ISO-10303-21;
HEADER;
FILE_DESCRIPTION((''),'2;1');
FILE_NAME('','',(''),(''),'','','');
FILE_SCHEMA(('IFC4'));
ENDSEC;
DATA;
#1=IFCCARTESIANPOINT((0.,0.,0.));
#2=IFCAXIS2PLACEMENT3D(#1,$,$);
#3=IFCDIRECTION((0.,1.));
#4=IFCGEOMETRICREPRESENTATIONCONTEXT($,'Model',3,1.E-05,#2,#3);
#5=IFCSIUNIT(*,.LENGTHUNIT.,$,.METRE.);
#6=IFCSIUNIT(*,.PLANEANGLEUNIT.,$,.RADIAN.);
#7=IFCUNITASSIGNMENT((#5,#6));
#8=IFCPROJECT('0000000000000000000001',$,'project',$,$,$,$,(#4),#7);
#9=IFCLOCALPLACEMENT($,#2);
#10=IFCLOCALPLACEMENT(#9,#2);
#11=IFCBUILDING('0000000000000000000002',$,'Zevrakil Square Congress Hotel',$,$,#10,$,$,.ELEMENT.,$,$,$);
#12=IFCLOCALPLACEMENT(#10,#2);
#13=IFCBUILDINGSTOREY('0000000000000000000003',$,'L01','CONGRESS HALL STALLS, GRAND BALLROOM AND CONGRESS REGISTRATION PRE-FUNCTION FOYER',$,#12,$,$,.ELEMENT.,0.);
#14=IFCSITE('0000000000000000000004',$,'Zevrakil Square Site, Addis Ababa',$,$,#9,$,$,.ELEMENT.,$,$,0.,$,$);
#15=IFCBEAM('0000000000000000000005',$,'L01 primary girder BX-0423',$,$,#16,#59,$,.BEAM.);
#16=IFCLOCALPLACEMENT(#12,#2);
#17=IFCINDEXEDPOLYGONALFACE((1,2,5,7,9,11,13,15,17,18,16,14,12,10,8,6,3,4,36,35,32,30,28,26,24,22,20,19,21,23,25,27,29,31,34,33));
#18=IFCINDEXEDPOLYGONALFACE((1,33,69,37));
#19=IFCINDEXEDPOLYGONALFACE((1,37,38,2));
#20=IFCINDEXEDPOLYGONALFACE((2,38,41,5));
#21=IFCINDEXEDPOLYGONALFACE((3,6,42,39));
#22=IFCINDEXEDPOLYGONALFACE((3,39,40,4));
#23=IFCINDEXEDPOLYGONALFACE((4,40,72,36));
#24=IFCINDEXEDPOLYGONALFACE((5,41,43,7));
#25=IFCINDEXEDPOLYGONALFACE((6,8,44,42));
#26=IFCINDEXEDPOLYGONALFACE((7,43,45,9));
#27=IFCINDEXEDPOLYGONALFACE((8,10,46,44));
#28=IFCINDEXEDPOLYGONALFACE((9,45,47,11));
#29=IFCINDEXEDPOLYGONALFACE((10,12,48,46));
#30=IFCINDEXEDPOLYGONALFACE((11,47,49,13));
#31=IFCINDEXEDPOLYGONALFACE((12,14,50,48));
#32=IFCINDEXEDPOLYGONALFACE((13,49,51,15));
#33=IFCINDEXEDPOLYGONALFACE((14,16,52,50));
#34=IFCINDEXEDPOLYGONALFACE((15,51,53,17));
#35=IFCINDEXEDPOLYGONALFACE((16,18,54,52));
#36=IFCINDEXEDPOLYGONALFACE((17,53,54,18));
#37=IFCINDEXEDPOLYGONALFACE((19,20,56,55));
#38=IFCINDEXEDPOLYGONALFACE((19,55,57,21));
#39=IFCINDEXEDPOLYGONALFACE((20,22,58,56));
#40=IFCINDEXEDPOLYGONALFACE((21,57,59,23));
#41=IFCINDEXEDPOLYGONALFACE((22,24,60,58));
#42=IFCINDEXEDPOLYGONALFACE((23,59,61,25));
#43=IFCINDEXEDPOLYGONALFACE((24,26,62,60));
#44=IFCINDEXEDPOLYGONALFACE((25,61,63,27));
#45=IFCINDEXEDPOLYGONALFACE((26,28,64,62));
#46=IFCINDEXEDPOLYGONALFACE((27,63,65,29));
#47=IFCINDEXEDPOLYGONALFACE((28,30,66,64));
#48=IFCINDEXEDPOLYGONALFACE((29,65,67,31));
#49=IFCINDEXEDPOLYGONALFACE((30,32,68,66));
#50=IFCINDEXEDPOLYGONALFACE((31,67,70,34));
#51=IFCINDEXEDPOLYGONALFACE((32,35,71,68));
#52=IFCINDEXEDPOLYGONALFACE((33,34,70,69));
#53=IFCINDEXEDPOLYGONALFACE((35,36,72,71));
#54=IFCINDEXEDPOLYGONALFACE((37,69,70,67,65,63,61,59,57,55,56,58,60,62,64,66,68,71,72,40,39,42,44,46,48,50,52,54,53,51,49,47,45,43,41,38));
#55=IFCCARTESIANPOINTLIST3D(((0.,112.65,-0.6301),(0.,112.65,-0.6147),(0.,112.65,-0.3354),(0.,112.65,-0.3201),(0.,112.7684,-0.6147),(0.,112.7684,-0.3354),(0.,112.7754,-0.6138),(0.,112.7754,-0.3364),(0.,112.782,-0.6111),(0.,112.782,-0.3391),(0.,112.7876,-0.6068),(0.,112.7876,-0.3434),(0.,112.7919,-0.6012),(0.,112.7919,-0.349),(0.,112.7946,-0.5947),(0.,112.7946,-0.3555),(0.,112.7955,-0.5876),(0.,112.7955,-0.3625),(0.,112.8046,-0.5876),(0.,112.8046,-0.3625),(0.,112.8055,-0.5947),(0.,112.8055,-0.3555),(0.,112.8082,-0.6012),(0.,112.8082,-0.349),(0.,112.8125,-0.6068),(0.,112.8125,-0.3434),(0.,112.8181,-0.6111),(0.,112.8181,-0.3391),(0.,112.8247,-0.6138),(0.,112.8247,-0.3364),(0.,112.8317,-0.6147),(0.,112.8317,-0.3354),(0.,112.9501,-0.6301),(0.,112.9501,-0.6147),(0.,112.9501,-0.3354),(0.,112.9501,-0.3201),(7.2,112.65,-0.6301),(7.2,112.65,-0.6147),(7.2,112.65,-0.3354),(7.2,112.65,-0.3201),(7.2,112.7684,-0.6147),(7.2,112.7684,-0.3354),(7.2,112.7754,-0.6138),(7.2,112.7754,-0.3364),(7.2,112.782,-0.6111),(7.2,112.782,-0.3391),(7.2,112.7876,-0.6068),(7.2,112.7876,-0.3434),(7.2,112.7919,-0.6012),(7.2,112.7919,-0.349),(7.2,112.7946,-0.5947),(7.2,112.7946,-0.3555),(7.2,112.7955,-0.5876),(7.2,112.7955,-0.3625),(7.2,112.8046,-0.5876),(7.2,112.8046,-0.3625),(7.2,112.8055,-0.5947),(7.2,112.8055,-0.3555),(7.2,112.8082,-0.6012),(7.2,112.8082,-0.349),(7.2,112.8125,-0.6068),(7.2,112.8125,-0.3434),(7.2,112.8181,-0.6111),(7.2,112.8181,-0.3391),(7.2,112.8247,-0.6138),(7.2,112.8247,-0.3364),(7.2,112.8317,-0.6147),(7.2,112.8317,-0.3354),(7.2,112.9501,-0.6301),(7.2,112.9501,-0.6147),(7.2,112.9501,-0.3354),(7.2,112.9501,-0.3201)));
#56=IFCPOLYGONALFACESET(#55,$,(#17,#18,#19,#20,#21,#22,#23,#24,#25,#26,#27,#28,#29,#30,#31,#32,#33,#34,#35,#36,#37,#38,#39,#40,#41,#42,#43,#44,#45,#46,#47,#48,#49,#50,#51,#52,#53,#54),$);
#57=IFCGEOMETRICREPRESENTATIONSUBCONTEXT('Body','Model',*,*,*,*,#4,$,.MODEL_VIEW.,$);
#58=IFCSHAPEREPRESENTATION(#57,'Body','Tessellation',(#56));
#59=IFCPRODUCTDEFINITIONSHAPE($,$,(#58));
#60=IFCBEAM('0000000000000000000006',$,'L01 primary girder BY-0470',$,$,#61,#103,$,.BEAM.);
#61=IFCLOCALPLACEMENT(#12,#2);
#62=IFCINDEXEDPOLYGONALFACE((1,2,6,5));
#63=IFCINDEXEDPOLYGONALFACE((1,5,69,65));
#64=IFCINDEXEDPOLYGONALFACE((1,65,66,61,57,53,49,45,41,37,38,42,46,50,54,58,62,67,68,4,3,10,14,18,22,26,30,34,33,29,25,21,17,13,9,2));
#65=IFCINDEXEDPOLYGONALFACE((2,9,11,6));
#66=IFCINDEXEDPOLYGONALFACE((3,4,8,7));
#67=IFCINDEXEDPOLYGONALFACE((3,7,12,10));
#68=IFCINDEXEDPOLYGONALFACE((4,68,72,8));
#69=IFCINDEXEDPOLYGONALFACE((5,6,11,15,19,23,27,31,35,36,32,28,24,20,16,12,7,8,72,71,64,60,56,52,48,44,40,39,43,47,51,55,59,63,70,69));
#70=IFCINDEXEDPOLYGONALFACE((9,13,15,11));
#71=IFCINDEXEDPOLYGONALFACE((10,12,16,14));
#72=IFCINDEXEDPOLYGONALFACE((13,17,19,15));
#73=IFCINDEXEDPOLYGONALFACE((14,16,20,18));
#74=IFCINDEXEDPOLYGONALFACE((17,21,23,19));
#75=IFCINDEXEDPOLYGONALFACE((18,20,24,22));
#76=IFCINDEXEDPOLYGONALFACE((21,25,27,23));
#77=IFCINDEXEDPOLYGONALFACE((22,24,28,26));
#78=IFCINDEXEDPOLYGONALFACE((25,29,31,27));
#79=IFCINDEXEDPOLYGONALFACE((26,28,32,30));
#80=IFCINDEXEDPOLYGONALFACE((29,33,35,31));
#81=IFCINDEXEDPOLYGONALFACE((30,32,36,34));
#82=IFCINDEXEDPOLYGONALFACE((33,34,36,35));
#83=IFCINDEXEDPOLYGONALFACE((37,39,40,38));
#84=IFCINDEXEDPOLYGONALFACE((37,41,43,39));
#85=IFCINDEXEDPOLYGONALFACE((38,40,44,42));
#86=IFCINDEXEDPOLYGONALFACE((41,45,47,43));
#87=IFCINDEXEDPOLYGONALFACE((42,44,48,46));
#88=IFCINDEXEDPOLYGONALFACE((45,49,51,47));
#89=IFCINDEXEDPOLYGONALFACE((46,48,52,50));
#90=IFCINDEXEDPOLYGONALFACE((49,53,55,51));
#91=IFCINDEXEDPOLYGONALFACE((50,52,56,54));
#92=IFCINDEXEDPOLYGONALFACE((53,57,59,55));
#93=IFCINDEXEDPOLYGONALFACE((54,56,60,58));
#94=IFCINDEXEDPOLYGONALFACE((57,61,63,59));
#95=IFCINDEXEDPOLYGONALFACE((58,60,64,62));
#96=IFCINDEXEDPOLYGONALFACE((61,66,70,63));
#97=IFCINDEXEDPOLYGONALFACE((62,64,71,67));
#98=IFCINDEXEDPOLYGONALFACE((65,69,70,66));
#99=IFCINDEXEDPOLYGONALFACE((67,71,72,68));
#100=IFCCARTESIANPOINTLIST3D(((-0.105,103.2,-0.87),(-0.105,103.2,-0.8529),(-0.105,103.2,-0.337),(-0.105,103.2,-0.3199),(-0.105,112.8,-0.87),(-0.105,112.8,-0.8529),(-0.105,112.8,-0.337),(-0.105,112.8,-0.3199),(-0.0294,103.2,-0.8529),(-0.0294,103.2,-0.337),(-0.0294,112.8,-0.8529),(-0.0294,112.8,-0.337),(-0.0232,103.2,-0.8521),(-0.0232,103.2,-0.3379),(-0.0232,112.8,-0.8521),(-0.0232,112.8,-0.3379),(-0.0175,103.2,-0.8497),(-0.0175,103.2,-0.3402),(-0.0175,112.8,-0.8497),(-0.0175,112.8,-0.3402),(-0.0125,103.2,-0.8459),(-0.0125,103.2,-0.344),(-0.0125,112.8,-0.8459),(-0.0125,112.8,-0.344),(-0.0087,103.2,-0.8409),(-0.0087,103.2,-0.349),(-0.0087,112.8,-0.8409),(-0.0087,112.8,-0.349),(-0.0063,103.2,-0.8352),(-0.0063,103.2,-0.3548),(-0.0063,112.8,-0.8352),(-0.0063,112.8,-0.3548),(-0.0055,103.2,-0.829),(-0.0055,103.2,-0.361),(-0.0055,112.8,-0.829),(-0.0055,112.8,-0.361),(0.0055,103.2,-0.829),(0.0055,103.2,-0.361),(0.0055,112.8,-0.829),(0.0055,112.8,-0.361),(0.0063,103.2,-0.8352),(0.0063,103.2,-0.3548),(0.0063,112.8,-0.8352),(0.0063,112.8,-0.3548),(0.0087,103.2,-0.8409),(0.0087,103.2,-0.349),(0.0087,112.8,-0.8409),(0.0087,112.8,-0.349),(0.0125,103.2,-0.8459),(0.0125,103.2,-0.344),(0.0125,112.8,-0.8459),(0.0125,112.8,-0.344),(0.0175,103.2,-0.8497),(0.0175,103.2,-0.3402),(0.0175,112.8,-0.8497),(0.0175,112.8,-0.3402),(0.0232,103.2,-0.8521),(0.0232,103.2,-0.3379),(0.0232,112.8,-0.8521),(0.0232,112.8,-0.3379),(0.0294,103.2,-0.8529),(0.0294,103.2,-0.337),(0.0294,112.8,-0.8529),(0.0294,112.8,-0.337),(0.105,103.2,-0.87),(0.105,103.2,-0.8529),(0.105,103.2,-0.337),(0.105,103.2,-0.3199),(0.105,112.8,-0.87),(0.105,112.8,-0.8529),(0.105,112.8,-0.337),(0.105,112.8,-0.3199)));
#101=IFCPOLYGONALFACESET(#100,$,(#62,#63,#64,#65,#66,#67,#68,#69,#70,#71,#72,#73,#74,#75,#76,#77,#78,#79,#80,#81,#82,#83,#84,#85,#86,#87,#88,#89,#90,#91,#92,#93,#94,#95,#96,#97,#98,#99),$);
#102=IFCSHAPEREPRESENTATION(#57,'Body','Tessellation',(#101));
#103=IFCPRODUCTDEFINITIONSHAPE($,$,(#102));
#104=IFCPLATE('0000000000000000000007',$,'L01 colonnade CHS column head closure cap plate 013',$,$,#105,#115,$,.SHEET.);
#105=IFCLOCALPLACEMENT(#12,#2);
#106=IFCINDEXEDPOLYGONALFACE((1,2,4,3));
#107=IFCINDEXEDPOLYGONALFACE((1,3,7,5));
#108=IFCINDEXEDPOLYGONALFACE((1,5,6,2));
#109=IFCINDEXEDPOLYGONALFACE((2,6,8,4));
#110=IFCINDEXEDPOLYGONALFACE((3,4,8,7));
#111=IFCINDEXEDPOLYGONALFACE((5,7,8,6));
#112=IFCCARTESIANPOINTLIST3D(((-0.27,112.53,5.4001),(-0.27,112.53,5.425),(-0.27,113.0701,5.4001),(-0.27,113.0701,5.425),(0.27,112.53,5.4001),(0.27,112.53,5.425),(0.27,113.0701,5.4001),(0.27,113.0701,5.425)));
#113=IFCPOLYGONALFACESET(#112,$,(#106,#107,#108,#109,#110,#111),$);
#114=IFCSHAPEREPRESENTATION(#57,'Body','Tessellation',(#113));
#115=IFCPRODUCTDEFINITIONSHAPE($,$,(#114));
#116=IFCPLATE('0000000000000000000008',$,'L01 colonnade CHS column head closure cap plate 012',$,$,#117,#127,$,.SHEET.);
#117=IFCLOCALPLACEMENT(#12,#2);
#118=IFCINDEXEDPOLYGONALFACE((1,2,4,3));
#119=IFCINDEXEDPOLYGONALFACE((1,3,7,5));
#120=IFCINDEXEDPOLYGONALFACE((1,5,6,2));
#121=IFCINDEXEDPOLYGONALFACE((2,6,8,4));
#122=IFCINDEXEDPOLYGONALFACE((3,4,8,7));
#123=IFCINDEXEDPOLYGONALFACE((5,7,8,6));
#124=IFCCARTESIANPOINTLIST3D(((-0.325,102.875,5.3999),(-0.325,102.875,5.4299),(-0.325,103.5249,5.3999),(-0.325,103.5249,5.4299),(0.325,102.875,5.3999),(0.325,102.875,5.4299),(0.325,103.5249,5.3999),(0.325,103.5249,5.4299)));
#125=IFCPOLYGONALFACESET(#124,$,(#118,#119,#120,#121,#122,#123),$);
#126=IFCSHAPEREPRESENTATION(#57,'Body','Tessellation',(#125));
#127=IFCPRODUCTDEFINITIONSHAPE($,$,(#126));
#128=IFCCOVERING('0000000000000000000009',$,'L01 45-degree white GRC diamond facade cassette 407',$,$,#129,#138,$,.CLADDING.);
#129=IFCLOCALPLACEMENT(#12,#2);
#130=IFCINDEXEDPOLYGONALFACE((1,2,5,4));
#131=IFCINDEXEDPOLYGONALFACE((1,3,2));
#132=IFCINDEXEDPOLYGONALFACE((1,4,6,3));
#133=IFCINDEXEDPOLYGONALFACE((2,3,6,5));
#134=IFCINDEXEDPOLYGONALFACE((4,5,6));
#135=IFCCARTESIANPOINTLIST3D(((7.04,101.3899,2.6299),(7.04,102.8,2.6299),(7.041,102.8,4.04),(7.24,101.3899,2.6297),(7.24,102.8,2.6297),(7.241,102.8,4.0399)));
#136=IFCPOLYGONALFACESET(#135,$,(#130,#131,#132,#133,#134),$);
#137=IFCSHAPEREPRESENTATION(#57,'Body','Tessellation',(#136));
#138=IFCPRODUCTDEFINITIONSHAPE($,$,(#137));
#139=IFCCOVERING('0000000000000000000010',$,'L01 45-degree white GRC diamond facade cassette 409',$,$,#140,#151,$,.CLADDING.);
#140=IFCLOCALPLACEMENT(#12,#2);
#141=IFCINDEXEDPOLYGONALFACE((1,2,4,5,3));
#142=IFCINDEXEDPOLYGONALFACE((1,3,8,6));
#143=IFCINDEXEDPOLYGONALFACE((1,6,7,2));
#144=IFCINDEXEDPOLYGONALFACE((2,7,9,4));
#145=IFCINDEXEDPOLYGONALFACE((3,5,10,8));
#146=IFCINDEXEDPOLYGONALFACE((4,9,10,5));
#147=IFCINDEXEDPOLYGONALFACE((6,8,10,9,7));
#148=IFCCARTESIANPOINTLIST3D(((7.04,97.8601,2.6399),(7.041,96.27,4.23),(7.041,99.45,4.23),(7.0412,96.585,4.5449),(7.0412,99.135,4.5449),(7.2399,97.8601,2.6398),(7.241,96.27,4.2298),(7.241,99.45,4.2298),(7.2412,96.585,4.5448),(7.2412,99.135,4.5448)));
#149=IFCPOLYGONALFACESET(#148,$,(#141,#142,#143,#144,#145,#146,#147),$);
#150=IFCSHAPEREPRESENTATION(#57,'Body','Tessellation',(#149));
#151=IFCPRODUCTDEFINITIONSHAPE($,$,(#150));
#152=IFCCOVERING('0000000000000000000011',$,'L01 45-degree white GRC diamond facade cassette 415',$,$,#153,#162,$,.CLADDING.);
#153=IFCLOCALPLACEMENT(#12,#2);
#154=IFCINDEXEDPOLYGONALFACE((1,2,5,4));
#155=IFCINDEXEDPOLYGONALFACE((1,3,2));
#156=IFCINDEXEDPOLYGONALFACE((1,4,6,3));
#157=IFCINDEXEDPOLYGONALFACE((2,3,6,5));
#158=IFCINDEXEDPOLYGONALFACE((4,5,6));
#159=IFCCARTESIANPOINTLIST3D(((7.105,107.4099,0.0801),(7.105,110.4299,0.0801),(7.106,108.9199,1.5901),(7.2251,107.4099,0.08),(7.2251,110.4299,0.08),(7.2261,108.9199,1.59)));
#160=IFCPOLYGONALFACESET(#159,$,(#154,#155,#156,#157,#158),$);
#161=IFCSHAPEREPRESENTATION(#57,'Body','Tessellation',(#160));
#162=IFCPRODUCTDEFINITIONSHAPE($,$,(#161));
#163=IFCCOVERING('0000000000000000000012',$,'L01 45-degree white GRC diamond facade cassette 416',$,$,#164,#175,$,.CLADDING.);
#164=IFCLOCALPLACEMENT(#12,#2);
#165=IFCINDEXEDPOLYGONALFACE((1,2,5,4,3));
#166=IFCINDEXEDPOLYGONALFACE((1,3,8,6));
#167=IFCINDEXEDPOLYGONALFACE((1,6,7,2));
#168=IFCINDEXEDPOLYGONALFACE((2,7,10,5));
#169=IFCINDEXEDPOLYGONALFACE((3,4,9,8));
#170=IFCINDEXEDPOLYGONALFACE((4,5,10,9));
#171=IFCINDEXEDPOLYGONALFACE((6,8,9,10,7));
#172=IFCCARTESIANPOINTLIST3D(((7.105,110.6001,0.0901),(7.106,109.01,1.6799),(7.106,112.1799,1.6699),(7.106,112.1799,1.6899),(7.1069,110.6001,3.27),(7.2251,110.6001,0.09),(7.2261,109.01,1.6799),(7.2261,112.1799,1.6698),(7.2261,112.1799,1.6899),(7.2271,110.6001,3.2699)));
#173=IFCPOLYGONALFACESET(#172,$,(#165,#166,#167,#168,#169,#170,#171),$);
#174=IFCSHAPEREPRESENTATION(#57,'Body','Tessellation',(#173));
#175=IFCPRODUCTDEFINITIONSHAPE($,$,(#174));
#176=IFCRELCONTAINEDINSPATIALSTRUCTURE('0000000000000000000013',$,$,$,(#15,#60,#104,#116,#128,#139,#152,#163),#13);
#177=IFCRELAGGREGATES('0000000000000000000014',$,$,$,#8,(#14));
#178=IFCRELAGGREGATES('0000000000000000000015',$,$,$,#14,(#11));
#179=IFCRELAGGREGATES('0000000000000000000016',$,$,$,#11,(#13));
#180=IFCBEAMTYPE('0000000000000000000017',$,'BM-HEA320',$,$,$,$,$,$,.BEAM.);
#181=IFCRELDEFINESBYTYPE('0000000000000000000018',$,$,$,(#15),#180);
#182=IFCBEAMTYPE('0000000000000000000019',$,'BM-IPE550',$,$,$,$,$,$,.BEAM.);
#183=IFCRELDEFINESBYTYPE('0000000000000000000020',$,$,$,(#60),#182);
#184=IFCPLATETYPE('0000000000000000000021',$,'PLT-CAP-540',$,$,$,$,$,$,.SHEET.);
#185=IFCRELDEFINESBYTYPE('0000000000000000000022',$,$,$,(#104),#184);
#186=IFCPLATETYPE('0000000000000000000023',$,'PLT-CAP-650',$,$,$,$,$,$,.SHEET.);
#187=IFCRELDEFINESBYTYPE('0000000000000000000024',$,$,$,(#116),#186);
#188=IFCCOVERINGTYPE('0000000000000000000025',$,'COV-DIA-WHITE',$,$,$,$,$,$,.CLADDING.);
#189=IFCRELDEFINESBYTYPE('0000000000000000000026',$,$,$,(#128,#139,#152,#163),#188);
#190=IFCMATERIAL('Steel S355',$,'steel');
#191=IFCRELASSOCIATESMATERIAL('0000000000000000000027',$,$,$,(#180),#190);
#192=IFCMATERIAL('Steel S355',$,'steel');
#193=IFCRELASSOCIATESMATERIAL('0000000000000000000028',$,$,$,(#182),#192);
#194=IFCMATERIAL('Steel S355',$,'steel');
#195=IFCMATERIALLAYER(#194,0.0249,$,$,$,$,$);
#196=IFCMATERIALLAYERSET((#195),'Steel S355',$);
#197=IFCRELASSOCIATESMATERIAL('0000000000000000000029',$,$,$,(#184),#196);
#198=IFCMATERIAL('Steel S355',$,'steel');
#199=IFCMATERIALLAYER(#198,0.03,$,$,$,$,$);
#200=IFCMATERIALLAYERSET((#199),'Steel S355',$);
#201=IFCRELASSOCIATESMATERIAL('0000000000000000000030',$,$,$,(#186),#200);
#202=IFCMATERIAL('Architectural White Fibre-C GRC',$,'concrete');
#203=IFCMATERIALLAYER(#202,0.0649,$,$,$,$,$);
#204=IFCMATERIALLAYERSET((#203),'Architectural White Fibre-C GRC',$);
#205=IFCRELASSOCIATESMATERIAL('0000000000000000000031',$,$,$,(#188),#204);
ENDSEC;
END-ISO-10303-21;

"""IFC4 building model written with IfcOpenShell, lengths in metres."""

from ifc_helpers import new_model, si_unit, direction, frame, origin, origin_2d, place, context, subcontext, project, spatial, polyline, rectangle, i_section, outline, extrude, material, layer, layer_set, material_profile, profile_set, type_object, element, save


model = new_model("IFC4")

# Units and contexts
model_context = context("Model", 3, precision=1e-05, world=origin(), true_north=direction((0.0, 1.0)))
body_context = subcontext(model_context, "Body", "Model", "MODEL_VIEW")
ifc_project = project(units=[si_unit("LENGTHUNIT", "METRE"), si_unit("PLANEANGLEUNIT", "RADIAN")], contexts=[model_context])

# Site, building, storey
site_placement = place(None, origin())
site = spatial("IfcSite", under=ifc_project, at=site_placement, Name="Zevrakil Square Site, Addis Ababa", CompositionType="ELEMENT", RefElevation=0.0)
building_placement = place(site_placement, origin())
building = spatial("IfcBuilding", under=site, at=building_placement, Name="Zevrakil Square Congress Hotel", CompositionType="ELEMENT")
storey_placement = place(building_placement, origin())
storey = spatial("IfcBuildingStorey", under=building, at=storey_placement, Name="L01", Description="CONGRESS HALL STALLS, GRAND BALLROOM AND CONGRESS REGISTRATION PRE-FUNCTION FOYER", CompositionType="ELEMENT", Elevation=0.0)

# Beams
ifc_material_1 = material(Name="Steel S355", Category="steel")
ifc_material_profile_1 = material_profile(ifc_material_1, i_section(OverallWidth=0.3, OverallDepth=0.3101, WebThickness=0.009, FlangeThickness=0.0154, FilletRadius=0.0271, at=origin_2d()), Name="HEA 320")
ifc_profile_set_1 = profile_set([ifc_material_profile_1], Name="Steel S355")
beam_type_1 = type_object("IfcBeamType", Name="BM-HEA320", PredefinedType="BEAM", material=ifc_profile_set_1)
for number, where, z_axis, x_axis, name in (
    (1, (0.0, 112.8, -0.4751), (1.0, 0.0, 0.0), (0.0, 1.0, 0.0), "L01 primary girder BX-0423"),
):
    element("IfcBeam", number, at=place(storey_placement, frame(where, z_axis=z_axis, x_axis=x_axis)), inside=storey, type_object=beam_type_1, Name=name, PredefinedType="BEAM", context=body_context, shape_type="SweptSolid", body=[
        extrude(i_section(OverallWidth=0.3, OverallDepth=0.3101, WebThickness=0.009, FlangeThickness=0.0154, FilletRadius=0.0271, at=origin_2d()), origin(), (0.0, 0.0, 1.0), 7.2),
    ])
ifc_material_2 = material(Name="Steel S355", Category="steel")
ifc_material_profile_2 = material_profile(ifc_material_2, i_section(OverallWidth=0.21, OverallDepth=0.55, WebThickness=0.011, FlangeThickness=0.0171, FilletRadius=0.0239, at=origin_2d()), Name="IPE 550")
ifc_profile_set_2 = profile_set([ifc_material_profile_2], Name="Steel S355")
beam_type_2 = type_object("IfcBeamType", Name="BM-IPE550", PredefinedType="BEAM", material=ifc_profile_set_2)
beam_placement = place(storey_placement, frame((0.0, 103.2, -0.595), z_axis=(0.0, 1.0, 0.0), x_axis=(-1.0, 0.0, 0.0)))
element("IfcBeam", 2, at=beam_placement, inside=storey, type_object=beam_type_2, Name="L01 primary girder BY-0470", PredefinedType="BEAM", context=body_context, shape_type="SweptSolid", body=[
    extrude(i_section(OverallWidth=0.21, OverallDepth=0.55, WebThickness=0.011, FlangeThickness=0.0171, FilletRadius=0.0239, at=origin_2d()), origin(), (0.0, 0.0, 1.0), 9.6001),
])

# Plates
ifc_material_3 = material(Name="Steel S355", Category="steel")
ifc_layer_1 = layer(ifc_material_3, 0.0249)
ifc_layer_set_1 = layer_set([ifc_layer_1], Name="Steel S355")
plate_type_1 = type_object("IfcPlateType", Name="PLT-CAP-540", PredefinedType="SHEET", material=ifc_layer_set_1)
plate_1_placement = place(storey_placement, frame((0.0, 112.8, 5.4001), z_axis=(0.0, 0.0, 1.0), x_axis=(1.0, 0.0, 0.0)))
element("IfcPlate", 3, at=plate_1_placement, inside=storey, type_object=plate_type_1, Name="L01 colonnade CHS column head closure cap plate 013", PredefinedType="SHEET", context=body_context, shape_type="SweptSolid", body=[
    extrude(rectangle(XDim=0.54, YDim=0.54, at=origin_2d()), origin(), (0.0, 0.0, 1.0), 0.0249),
])
ifc_material_4 = material(Name="Steel S355", Category="steel")
ifc_layer_2 = layer(ifc_material_4, 0.03)
ifc_layer_set_2 = layer_set([ifc_layer_2], Name="Steel S355")
plate_type_2 = type_object("IfcPlateType", Name="PLT-CAP-650", PredefinedType="SHEET", material=ifc_layer_set_2)
plate_2_placement = place(storey_placement, frame((0.0, 103.2, 5.3999), z_axis=(0.0, 0.0, 1.0), x_axis=(1.0, 0.0, 0.0)))
element("IfcPlate", 4, at=plate_2_placement, inside=storey, type_object=plate_type_2, Name="L01 colonnade CHS column head closure cap plate 012", PredefinedType="SHEET", context=body_context, shape_type="SweptSolid", body=[
    extrude(rectangle(XDim=0.6499, YDim=0.6499, at=origin_2d()), origin(), (0.0, 0.0, 1.0), 0.03),
])

# Coverings
ifc_material_5 = material(Name="Architectural White Fibre-C GRC", Category="concrete")
ifc_layer_3 = layer(ifc_material_5, 0.0649)
ifc_layer_set_3 = layer_set([ifc_layer_3], Name="Architectural White Fibre-C GRC")
covering_type_1 = type_object("IfcCoveringType", Name="COV-DIA-WHITE", PredefinedType="CLADDING", material=ifc_layer_set_3)
covering_1_placement = place(storey_placement, frame((7.04, 101.3899, 2.6299), z_axis=(-1.0, 0.0, 0.000693), x_axis=(0.0, 1.0, 0.0)))
element("IfcCovering", 5, at=covering_1_placement, inside=storey, type_object=covering_type_1, Name="L01 45-degree white GRC diamond facade cassette 407", PredefinedType="CLADDING", context=body_context, shape_type="SweptSolid", body=[
    extrude(outline(polyline([(0.0, 0.0), (1.4102, 0.0), (1.4102, -1.4102), (0.0, 0.0)])), origin(), (0.0, 0.0, -1.0), 0.2),
])
covering_2_placement = place(storey_placement, frame((7.041, 96.27, 4.23), z_axis=(-1.0, 0.0, 0.000657), x_axis=(-0.000464, 0.707107, -0.707107)))
element("IfcCovering", 6, at=covering_2_placement, inside=storey, type_object=covering_type_1, Name="L01 45-degree white GRC diamond facade cassette 409", PredefinedType="CLADDING", context=body_context, shape_type="SweptSolid", body=[
    extrude(outline(polyline([(0.0, 0.0), (2.2487, 0.0), (2.2486, -2.2486), (1.8032, -2.2486), (0.0, -0.4454), (0.0, 0.0)])), origin(), (0.0, 0.0, -1.0), 0.2),
])
covering_3_placement = place(storey_placement, frame((7.106, 108.9199, 1.5901), z_axis=(-1.0, 0.0, 0.000647), x_axis=(-0.000457, -0.707107, -0.707107)))
element("IfcCovering", 7, at=covering_3_placement, inside=storey, type_object=covering_type_1, Name="L01 45-degree white GRC diamond facade cassette 415", PredefinedType="CLADDING", context=body_context, shape_type="SweptSolid", body=[
    extrude(outline(polyline([(0.0, 0.0), (2.1355, 0.0), (0.0, -2.1355), (0.0, 0.0)])), origin(), (0.0, 0.0, -1.0), 0.1201),
])
covering_4_placement = place(storey_placement, frame((7.1069, 110.6001, 3.27), z_axis=(-1.0, 0.0, 0.000612), x_axis=(-0.000433, -0.707107, -0.707107)))
element("IfcCovering", 8, at=covering_4_placement, inside=storey, type_object=covering_type_1, Name="L01 45-degree white GRC diamond facade cassette 416", PredefinedType="CLADDING", context=body_context, shape_type="SweptSolid", body=[
    extrude(outline(polyline([(0.0, 0.0), (2.2487, 0.0), (2.2486, -2.2486), (0.0143, -2.2486), (0.0002, -2.2344), (0.0, 0.0)])), origin(), (0.0, 0.0, -1.0), 0.1201),
])

save(model, "model.ifc")
